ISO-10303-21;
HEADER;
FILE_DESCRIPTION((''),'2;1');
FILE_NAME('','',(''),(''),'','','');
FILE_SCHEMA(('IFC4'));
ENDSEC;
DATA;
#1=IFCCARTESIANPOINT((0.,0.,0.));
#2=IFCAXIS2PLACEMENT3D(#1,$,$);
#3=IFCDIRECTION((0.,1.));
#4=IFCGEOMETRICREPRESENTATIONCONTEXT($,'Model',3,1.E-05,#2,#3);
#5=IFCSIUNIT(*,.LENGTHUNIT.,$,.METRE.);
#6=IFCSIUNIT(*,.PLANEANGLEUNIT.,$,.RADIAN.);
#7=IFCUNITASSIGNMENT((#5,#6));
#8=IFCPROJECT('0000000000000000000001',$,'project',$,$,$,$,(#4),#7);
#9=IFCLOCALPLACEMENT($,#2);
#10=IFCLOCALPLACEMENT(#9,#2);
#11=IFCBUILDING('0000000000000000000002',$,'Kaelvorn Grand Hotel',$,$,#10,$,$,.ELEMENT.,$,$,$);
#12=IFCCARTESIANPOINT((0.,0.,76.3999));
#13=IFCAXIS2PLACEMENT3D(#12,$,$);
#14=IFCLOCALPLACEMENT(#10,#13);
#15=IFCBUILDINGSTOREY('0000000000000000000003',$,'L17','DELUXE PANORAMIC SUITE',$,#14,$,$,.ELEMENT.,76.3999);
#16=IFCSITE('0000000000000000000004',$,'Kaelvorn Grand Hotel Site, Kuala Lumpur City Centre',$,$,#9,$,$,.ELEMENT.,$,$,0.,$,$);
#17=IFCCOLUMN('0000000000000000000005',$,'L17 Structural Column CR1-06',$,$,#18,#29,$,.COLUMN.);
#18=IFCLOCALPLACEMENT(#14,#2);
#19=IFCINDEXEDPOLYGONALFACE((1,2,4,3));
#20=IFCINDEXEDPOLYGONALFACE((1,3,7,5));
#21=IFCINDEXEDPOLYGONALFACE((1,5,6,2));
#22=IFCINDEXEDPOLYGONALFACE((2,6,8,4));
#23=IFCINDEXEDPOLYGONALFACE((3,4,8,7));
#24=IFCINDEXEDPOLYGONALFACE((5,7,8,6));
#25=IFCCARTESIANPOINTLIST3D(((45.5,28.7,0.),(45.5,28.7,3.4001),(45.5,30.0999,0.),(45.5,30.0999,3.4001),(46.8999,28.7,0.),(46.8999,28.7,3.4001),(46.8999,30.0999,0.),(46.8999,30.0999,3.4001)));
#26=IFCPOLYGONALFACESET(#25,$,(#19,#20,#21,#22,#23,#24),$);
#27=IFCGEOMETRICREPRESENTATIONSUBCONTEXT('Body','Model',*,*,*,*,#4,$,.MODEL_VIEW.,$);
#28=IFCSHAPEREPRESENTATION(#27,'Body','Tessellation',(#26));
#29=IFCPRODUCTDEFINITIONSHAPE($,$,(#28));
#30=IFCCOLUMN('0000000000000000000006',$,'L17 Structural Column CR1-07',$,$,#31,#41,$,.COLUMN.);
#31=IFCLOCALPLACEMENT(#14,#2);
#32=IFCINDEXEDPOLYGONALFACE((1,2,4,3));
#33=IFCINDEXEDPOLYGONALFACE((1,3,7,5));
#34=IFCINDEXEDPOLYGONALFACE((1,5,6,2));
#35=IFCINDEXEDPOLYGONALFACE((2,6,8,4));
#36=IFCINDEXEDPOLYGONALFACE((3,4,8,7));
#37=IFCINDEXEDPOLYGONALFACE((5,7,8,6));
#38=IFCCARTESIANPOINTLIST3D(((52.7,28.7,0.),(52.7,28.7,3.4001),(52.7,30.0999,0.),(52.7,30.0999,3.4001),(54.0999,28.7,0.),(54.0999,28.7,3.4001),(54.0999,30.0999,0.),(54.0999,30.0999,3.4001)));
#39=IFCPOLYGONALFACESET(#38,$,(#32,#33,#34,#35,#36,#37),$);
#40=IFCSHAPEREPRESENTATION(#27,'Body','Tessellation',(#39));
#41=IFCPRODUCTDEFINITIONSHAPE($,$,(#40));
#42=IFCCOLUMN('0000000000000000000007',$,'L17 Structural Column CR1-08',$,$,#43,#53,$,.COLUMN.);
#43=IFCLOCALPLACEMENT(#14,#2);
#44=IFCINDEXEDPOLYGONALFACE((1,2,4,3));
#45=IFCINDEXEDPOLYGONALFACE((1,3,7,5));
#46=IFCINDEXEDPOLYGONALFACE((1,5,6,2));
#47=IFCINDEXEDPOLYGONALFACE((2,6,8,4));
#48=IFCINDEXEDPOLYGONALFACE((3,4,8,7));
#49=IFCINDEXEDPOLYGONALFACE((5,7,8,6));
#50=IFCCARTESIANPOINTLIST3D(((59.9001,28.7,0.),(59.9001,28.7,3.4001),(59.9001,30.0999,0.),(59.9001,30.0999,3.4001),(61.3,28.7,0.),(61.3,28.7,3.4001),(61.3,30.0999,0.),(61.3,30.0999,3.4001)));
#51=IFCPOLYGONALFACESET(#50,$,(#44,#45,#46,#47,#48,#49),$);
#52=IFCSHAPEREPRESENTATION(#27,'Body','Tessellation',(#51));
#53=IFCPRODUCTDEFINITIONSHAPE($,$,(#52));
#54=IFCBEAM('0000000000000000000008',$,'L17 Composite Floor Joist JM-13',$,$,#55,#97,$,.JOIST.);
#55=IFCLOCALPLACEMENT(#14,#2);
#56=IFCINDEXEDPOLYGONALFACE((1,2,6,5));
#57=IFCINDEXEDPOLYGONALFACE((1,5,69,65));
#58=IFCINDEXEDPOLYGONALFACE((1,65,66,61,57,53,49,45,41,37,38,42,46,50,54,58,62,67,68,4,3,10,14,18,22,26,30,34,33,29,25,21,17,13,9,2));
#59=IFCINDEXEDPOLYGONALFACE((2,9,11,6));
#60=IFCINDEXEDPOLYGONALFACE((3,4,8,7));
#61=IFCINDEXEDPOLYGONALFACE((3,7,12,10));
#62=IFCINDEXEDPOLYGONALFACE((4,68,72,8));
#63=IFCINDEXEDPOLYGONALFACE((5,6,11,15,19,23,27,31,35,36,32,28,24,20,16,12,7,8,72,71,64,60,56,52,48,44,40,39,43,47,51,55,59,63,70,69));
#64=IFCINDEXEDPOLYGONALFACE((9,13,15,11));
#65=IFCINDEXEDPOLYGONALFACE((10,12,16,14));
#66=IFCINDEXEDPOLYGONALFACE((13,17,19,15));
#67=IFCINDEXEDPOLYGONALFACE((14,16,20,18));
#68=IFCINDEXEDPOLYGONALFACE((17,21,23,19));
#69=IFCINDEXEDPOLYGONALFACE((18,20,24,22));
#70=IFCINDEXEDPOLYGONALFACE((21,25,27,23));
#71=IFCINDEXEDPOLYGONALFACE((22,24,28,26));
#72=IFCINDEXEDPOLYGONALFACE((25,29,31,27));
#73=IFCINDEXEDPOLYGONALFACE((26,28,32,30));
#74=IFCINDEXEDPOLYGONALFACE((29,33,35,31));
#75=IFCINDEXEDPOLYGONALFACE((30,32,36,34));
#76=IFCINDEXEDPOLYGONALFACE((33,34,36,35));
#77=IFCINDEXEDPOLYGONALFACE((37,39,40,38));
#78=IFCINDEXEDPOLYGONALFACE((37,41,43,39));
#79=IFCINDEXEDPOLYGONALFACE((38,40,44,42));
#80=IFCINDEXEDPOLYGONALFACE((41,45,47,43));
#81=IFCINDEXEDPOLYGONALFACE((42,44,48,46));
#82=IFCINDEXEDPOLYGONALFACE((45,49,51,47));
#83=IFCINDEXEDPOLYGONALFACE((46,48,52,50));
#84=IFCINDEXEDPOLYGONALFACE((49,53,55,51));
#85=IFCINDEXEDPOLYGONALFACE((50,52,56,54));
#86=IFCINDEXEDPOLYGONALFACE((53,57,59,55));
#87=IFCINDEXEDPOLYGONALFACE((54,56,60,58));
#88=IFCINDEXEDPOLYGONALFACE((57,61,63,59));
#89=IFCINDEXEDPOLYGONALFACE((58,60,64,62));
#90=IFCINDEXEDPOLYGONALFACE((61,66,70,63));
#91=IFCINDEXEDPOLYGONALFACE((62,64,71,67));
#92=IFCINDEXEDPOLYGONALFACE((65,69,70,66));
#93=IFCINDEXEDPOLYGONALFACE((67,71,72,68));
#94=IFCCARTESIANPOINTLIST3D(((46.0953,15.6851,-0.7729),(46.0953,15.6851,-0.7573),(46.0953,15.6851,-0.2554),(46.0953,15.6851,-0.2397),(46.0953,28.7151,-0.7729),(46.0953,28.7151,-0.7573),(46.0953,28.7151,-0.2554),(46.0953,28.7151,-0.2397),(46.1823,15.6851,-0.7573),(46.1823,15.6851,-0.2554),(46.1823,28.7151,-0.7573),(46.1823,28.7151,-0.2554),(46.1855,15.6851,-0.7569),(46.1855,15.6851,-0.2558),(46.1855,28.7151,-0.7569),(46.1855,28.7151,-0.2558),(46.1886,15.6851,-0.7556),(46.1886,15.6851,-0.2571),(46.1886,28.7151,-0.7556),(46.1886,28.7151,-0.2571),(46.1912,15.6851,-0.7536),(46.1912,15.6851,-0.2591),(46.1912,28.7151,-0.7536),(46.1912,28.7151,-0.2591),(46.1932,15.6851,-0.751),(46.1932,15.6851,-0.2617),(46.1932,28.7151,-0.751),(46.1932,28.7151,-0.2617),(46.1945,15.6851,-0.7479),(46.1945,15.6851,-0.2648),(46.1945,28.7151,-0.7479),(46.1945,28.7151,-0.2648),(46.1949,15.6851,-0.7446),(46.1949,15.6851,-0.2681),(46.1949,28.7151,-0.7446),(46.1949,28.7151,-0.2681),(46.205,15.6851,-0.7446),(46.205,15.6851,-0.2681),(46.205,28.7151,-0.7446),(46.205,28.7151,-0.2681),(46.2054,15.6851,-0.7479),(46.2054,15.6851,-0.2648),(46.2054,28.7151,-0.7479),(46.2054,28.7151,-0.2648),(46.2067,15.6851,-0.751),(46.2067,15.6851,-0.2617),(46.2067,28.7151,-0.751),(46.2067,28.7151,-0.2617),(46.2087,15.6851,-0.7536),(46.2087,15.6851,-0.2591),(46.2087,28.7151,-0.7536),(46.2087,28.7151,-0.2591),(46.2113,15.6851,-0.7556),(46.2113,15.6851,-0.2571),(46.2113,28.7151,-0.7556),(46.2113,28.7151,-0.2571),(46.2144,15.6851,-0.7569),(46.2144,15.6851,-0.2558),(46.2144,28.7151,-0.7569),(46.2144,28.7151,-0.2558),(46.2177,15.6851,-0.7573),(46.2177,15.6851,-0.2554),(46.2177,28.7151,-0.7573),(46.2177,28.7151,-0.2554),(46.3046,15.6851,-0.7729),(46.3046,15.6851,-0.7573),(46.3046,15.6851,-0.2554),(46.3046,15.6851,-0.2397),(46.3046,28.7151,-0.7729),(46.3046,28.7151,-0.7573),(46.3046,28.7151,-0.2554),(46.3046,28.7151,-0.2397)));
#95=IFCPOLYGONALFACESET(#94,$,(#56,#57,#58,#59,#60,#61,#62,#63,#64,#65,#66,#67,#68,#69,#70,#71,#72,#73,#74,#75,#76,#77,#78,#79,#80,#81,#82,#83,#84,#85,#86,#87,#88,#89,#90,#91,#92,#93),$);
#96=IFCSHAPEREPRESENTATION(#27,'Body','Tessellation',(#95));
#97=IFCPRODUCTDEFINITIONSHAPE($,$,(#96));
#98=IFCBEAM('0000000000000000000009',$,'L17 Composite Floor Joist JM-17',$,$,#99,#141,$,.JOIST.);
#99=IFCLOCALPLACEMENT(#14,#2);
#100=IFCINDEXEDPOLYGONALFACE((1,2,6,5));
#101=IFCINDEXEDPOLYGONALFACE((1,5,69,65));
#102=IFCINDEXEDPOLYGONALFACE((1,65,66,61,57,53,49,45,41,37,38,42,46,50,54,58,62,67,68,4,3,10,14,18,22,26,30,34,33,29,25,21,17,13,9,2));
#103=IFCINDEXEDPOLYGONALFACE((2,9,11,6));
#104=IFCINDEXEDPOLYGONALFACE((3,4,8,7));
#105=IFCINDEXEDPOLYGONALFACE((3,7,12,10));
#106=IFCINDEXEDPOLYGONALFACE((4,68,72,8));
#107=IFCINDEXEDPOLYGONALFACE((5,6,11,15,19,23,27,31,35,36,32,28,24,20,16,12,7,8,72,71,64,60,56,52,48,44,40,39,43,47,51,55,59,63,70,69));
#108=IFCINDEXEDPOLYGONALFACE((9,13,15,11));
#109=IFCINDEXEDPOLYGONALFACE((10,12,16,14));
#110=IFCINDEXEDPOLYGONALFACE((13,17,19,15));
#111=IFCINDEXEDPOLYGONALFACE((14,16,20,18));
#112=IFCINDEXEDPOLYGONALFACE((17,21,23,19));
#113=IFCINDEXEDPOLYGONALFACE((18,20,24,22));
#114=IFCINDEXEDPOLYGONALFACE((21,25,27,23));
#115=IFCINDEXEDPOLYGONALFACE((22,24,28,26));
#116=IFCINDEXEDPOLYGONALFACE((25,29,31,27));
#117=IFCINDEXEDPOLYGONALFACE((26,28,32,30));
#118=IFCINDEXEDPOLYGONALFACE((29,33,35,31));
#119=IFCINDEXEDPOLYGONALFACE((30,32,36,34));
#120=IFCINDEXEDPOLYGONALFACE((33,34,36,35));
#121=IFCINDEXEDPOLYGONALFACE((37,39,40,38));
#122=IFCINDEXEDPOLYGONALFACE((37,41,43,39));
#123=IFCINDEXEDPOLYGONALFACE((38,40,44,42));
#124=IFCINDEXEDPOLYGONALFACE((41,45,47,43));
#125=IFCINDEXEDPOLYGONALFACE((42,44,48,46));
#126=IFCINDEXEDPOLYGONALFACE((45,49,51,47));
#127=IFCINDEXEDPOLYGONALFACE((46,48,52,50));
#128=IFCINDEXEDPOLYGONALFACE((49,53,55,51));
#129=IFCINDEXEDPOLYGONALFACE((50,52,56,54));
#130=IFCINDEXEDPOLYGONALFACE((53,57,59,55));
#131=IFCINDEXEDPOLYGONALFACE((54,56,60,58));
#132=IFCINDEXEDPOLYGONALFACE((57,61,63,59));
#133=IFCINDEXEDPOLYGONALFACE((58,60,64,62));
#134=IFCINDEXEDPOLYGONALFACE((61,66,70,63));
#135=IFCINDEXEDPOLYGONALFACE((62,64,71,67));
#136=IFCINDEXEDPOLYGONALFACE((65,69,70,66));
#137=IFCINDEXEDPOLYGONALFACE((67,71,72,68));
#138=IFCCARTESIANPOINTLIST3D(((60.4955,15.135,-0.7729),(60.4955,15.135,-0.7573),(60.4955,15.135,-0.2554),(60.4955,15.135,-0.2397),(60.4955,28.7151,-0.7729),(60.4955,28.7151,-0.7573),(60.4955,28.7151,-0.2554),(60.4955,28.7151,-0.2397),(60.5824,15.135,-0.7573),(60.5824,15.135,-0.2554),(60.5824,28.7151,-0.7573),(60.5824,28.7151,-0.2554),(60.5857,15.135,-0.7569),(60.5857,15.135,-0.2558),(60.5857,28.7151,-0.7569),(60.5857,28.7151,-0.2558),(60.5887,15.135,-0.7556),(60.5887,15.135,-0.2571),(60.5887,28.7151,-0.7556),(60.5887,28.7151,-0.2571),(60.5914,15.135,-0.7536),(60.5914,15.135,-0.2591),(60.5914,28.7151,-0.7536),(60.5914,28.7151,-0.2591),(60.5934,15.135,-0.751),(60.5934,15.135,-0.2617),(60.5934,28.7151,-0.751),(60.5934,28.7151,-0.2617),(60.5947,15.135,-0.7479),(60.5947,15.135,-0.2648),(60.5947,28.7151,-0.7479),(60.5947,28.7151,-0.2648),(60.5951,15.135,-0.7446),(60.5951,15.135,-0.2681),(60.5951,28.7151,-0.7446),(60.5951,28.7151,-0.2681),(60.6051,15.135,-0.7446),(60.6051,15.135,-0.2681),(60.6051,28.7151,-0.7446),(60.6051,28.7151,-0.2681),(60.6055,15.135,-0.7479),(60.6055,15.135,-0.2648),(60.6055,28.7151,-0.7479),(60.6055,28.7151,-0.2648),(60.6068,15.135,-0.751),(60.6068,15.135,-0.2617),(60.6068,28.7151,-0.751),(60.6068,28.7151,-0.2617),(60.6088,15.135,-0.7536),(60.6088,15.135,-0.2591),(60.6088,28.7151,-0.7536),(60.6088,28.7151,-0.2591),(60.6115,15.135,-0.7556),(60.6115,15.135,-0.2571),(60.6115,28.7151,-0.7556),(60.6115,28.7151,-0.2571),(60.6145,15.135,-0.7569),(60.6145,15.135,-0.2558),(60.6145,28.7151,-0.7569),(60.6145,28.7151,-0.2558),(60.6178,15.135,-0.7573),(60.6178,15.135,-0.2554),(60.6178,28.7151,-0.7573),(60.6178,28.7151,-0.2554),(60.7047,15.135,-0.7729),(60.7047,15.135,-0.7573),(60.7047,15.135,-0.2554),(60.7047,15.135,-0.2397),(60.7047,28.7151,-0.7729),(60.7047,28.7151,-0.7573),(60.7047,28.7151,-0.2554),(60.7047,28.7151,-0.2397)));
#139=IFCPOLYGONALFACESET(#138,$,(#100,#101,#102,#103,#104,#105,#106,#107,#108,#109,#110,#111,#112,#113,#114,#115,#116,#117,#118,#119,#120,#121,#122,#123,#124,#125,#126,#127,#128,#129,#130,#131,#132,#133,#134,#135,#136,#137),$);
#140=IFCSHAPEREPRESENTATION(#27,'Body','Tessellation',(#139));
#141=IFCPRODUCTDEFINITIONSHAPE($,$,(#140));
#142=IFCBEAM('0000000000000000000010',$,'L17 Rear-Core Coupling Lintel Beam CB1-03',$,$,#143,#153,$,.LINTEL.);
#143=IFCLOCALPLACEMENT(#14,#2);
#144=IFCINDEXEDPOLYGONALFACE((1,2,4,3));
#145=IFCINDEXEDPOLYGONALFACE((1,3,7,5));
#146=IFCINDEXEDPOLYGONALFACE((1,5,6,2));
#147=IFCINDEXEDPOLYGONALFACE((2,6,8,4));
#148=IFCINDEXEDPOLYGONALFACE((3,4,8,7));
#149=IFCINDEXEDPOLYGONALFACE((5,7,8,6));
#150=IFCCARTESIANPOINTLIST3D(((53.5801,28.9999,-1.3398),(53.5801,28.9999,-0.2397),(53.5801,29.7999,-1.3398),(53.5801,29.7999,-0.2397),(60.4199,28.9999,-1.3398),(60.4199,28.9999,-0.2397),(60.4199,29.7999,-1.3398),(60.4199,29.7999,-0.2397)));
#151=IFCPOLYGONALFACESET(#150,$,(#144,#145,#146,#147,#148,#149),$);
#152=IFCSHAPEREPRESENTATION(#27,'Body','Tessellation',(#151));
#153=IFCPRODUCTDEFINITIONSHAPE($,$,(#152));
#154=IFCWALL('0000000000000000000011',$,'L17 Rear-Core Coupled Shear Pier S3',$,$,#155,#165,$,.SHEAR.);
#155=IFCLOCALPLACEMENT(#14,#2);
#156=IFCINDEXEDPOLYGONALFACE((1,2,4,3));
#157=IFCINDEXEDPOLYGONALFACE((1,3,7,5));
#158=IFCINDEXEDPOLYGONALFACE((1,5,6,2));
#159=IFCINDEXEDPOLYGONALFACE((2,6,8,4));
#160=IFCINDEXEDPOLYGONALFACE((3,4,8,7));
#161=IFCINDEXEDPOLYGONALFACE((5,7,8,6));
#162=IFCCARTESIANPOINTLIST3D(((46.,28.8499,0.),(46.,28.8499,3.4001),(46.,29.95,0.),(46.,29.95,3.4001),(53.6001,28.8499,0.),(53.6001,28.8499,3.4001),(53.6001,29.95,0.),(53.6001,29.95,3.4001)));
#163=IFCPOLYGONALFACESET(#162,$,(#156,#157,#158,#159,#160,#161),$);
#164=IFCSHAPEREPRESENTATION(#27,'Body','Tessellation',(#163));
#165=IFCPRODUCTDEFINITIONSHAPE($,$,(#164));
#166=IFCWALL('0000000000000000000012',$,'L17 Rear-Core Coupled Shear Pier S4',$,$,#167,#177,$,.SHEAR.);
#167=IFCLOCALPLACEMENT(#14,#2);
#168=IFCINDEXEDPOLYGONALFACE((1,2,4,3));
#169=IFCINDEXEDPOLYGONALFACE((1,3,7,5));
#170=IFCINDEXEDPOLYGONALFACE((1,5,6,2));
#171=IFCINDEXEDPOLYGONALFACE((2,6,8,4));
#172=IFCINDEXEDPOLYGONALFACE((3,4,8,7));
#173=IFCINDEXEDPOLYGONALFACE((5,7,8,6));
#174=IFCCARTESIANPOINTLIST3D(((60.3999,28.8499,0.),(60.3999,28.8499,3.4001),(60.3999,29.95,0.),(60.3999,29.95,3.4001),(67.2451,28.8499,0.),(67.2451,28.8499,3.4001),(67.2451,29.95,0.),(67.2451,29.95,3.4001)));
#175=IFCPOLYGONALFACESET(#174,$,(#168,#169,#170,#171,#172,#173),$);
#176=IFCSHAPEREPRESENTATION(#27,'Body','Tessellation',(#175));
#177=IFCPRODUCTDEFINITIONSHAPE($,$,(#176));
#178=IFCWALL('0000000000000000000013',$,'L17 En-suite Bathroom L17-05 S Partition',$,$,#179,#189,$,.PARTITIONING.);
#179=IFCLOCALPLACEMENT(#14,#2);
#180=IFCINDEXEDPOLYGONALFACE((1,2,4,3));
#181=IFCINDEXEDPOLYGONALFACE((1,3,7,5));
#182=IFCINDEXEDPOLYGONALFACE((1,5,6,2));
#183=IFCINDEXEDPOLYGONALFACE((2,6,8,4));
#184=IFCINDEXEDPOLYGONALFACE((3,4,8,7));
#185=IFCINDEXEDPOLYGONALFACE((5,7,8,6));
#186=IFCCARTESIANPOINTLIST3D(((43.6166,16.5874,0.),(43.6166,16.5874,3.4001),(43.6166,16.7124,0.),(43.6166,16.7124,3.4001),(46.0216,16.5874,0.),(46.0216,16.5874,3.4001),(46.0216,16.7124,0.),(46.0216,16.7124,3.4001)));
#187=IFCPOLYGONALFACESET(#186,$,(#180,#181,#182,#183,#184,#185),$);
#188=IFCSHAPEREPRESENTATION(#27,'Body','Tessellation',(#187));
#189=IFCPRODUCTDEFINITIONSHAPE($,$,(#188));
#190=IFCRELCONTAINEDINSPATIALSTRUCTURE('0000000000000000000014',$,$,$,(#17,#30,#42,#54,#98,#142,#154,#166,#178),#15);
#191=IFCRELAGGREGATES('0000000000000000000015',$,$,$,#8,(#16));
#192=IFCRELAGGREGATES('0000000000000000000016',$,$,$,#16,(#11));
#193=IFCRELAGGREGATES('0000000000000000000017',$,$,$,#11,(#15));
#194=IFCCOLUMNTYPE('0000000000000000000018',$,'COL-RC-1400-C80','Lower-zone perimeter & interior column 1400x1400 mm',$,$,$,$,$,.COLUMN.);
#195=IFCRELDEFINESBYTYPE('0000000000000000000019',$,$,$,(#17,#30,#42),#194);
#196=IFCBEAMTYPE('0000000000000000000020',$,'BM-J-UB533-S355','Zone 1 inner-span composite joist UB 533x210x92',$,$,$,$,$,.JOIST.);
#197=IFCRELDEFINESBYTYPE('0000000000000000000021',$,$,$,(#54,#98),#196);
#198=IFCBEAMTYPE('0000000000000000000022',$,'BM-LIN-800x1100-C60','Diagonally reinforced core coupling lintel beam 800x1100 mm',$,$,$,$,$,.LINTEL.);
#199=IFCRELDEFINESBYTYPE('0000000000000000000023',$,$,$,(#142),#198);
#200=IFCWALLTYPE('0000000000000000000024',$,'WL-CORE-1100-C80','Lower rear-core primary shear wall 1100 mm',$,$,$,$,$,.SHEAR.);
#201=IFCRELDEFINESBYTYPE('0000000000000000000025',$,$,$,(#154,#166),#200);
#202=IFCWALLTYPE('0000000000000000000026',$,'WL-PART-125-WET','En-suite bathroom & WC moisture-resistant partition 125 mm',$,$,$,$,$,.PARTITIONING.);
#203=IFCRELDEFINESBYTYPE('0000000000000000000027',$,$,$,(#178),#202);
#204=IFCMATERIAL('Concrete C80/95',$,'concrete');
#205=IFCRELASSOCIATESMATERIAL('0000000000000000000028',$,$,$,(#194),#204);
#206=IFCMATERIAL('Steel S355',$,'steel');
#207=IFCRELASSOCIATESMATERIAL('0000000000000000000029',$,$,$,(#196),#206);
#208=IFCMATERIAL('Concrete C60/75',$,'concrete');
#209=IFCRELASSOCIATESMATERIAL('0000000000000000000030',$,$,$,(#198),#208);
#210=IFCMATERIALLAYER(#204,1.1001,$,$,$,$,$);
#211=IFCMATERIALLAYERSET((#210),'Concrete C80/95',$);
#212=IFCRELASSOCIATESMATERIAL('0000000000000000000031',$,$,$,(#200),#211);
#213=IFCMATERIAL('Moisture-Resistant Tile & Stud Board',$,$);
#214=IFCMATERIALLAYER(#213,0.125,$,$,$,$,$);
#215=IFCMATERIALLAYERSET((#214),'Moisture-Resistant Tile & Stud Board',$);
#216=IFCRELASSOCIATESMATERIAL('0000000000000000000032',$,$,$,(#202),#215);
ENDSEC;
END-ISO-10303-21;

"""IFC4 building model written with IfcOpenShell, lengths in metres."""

from ifc_helpers import new_model, si_unit, direction, frame, frame_2d, origin, origin_2d, place, context, subcontext, project, spatial, rectangle, i_section, extrude, material, layer, layer_set, material_profile, profile_set, type_object, element, save


model = new_model("IFC4")

# Units and contexts
model_context = context("Model", 3, precision=1e-05, world=origin(), true_north=direction((0.0, 1.0)))
body_context = subcontext(model_context, "Body", "Model", "MODEL_VIEW")
ifc_project = project(units=[si_unit("LENGTHUNIT", "METRE"), si_unit("PLANEANGLEUNIT", "RADIAN")], contexts=[model_context])

# Site, building, storey
site_placement = place(None, origin())
site = spatial("IfcSite", under=ifc_project, at=site_placement, Name="Kaelvorn Grand Hotel Site, Kuala Lumpur City Centre", CompositionType="ELEMENT", RefElevation=0.0)
building_placement = place(site_placement, origin())
building = spatial("IfcBuilding", under=site, at=building_placement, Name="Kaelvorn Grand Hotel", CompositionType="ELEMENT")
storey_placement = place(building_placement, frame((0.0, 0.0, 76.3999)))
storey = spatial("IfcBuildingStorey", under=building, at=storey_placement, Name="L17", Description="DELUXE PANORAMIC SUITE", CompositionType="ELEMENT", Elevation=76.3999)

# Columns
ifc_material_1 = material(Name="Concrete C80/95", Category="concrete")
ifc_material_profile_1 = material_profile(ifc_material_1, rectangle(XDim=1.3999, YDim=1.3999, at=origin_2d()), Name="RC COL 1400x1400")
ifc_profile_set_1 = profile_set([ifc_material_profile_1], Name="Concrete C80/95")
column_type = type_object("IfcColumnType", Name="COL-RC-1400-C80", Description="Lower-zone perimeter & interior column 1400x1400 mm", PredefinedType="COLUMN", material=ifc_profile_set_1)
for number, where, z_axis, x_axis, name in (
    (1, (46.2, 29.3999, 0.0), (0.0, 0.0, 1.0), (1.0, 0.0, 0.0), "L17 Structural Column CR1-06"),
    (2, (53.3999, 29.3999, 0.0), (0.0, 0.0, 1.0), (1.0, 0.0, 0.0), "L17 Structural Column CR1-07"),
    (3, (60.6001, 29.3999, 0.0), (0.0, 0.0, 1.0), (1.0, 0.0, 0.0), "L17 Structural Column CR1-08"),
):
    element("IfcColumn", number, at=place(storey_placement, frame(where, z_axis=z_axis, x_axis=x_axis)), inside=storey, type_object=column_type, Name=name, PredefinedType="COLUMN", context=body_context, shape_type="SweptSolid", body=[
        extrude(rectangle(XDim=1.3999, YDim=1.3999, at=origin_2d()), origin(), (0.0, 0.0, 1.0), 3.4001),
    ])

# Beams
ifc_material_2 = material(Name="Steel S355", Category="steel")
ifc_material_profile_2 = material_profile(ifc_material_2, i_section(OverallWidth=0.2092, OverallDepth=0.5332, WebThickness=0.01, FlangeThickness=0.0156, FilletRadius=0.0127, at=origin_2d()), Name="UB 533x210x92")
ifc_profile_set_2 = profile_set([ifc_material_profile_2], Name="Steel S355")
beam_type_1 = type_object("IfcBeamType", Name="BM-J-UB533-S355", Description="Zone 1 inner-span composite joist UB 533x210x92", PredefinedType="JOIST", material=ifc_profile_set_2)
beam_1_placement = place(storey_placement, frame((46.2, 15.6851, -0.5063), z_axis=(0.0, 1.0, 0.0), x_axis=(-1.0, 0.0, 0.0)))
element("IfcBeam", 4, at=beam_1_placement, inside=storey, type_object=beam_type_1, Name="L17 Composite Floor Joist JM-13", PredefinedType="JOIST", context=body_context, shape_type="SweptSolid", body=[
    extrude(i_section(OverallWidth=0.2092, OverallDepth=0.5332, WebThickness=0.01, FlangeThickness=0.0156, FilletRadius=0.0127, at=origin_2d()), origin(), (0.0, 0.0, 1.0), 13.03),
])
beam_2_placement = place(storey_placement, frame((60.6001, 15.135, -0.5063), z_axis=(0.0, 1.0, 0.0), x_axis=(-1.0, 0.0, 0.0)))
element("IfcBeam", 5, at=beam_2_placement, inside=storey, type_object=beam_type_1, Name="L17 Composite Floor Joist JM-17", PredefinedType="JOIST", context=body_context, shape_type="SweptSolid", body=[
    extrude(i_section(OverallWidth=0.2092, OverallDepth=0.5332, WebThickness=0.01, FlangeThickness=0.0156, FilletRadius=0.0127, at=origin_2d()), origin(), (0.0, 0.0, 1.0), 13.5801),
])
ifc_material_3 = material(Name="Concrete C60/75", Category="concrete")
ifc_material_profile_3 = material_profile(ifc_material_3, rectangle(XDim=0.8, YDim=1.1001, at=origin_2d()), Name="RC LINTEL 800x1100")
ifc_profile_set_3 = profile_set([ifc_material_profile_3], Name="Concrete C60/75")
beam_type_2 = type_object("IfcBeamType", Name="BM-LIN-800x1100-C60", Description="Diagonally reinforced core coupling lintel beam 800x1100 mm", PredefinedType="LINTEL", material=ifc_profile_set_3)
beam_3_placement = place(storey_placement, frame((53.5801, 29.3999, -0.7898), z_axis=(1.0, 0.0, 0.0), x_axis=(0.0, 1.0, 0.0)))
element("IfcBeam", 6, at=beam_3_placement, inside=storey, type_object=beam_type_2, Name="L17 Rear-Core Coupling Lintel Beam CB1-03", PredefinedType="LINTEL", context=body_context, shape_type="SweptSolid", body=[
    extrude(rectangle(XDim=0.8, YDim=1.1001, at=origin_2d()), origin(), (0.0, 0.0, 1.0), 6.8398),
])

# Walls
ifc_layer_1 = layer(ifc_material_1, 1.1001)
ifc_layer_set_1 = layer_set([ifc_layer_1], Name="Concrete C80/95")
wall_type_1 = type_object("IfcWallType", Name="WL-CORE-1100-C80", Description="Lower rear-core primary shear wall 1100 mm", PredefinedType="SHEAR", material=ifc_layer_set_1)
wall_1_placement = place(storey_placement, frame((46.0, 29.3999, 0.0), z_axis=(0.0, 0.0, 1.0), x_axis=(1.0, 0.0, 0.0)))
element("IfcWall", 7, at=wall_1_placement, inside=storey, type_object=wall_type_1, Name="L17 Rear-Core Coupled Shear Pier S3", PredefinedType="SHEAR", context=body_context, shape_type="SweptSolid", body=[
    extrude(rectangle(XDim=7.6001, YDim=1.1001, at=frame_2d((3.8, 0.0))), origin(), (0.0, 0.0, 1.0), 3.4001),
])
wall_2_placement = place(storey_placement, frame((60.3999, 29.3999, 0.0), z_axis=(0.0, 0.0, 1.0), x_axis=(1.0, 0.0, 0.0)))
element("IfcWall", 8, at=wall_2_placement, inside=storey, type_object=wall_type_1, Name="L17 Rear-Core Coupled Shear Pier S4", PredefinedType="SHEAR", context=body_context, shape_type="SweptSolid", body=[
    extrude(rectangle(XDim=6.8452, YDim=1.1001, at=frame_2d((3.4226, 0.0))), origin(), (0.0, 0.0, 1.0), 3.4001),
])
ifc_material_4 = material(Name="Moisture-Resistant Tile & Stud Board")
ifc_layer_2 = layer(ifc_material_4, 0.125)
ifc_layer_set_2 = layer_set([ifc_layer_2], Name="Moisture-Resistant Tile & Stud Board")
wall_type_2 = type_object("IfcWallType", Name="WL-PART-125-WET", Description="En-suite bathroom & WC moisture-resistant partition 125 mm", PredefinedType="PARTITIONING", material=ifc_layer_set_2)
wall_3_placement = place(storey_placement, frame((43.6165, 16.6499, 0.0), z_axis=(0.0, 0.0, 1.0), x_axis=(1.0, 0.0, 0.0)))
element("IfcWall", 9, at=wall_3_placement, inside=storey, type_object=wall_type_2, Name="L17 En-suite Bathroom L17-05 S Partition", PredefinedType="PARTITIONING", context=body_context, shape_type="SweptSolid", body=[
    extrude(rectangle(XDim=2.405, YDim=0.125, at=frame_2d((1.2026, 0.0))), origin(), (0.0, 0.0, 1.0), 3.4001),
])

save(model, "model.ifc")
